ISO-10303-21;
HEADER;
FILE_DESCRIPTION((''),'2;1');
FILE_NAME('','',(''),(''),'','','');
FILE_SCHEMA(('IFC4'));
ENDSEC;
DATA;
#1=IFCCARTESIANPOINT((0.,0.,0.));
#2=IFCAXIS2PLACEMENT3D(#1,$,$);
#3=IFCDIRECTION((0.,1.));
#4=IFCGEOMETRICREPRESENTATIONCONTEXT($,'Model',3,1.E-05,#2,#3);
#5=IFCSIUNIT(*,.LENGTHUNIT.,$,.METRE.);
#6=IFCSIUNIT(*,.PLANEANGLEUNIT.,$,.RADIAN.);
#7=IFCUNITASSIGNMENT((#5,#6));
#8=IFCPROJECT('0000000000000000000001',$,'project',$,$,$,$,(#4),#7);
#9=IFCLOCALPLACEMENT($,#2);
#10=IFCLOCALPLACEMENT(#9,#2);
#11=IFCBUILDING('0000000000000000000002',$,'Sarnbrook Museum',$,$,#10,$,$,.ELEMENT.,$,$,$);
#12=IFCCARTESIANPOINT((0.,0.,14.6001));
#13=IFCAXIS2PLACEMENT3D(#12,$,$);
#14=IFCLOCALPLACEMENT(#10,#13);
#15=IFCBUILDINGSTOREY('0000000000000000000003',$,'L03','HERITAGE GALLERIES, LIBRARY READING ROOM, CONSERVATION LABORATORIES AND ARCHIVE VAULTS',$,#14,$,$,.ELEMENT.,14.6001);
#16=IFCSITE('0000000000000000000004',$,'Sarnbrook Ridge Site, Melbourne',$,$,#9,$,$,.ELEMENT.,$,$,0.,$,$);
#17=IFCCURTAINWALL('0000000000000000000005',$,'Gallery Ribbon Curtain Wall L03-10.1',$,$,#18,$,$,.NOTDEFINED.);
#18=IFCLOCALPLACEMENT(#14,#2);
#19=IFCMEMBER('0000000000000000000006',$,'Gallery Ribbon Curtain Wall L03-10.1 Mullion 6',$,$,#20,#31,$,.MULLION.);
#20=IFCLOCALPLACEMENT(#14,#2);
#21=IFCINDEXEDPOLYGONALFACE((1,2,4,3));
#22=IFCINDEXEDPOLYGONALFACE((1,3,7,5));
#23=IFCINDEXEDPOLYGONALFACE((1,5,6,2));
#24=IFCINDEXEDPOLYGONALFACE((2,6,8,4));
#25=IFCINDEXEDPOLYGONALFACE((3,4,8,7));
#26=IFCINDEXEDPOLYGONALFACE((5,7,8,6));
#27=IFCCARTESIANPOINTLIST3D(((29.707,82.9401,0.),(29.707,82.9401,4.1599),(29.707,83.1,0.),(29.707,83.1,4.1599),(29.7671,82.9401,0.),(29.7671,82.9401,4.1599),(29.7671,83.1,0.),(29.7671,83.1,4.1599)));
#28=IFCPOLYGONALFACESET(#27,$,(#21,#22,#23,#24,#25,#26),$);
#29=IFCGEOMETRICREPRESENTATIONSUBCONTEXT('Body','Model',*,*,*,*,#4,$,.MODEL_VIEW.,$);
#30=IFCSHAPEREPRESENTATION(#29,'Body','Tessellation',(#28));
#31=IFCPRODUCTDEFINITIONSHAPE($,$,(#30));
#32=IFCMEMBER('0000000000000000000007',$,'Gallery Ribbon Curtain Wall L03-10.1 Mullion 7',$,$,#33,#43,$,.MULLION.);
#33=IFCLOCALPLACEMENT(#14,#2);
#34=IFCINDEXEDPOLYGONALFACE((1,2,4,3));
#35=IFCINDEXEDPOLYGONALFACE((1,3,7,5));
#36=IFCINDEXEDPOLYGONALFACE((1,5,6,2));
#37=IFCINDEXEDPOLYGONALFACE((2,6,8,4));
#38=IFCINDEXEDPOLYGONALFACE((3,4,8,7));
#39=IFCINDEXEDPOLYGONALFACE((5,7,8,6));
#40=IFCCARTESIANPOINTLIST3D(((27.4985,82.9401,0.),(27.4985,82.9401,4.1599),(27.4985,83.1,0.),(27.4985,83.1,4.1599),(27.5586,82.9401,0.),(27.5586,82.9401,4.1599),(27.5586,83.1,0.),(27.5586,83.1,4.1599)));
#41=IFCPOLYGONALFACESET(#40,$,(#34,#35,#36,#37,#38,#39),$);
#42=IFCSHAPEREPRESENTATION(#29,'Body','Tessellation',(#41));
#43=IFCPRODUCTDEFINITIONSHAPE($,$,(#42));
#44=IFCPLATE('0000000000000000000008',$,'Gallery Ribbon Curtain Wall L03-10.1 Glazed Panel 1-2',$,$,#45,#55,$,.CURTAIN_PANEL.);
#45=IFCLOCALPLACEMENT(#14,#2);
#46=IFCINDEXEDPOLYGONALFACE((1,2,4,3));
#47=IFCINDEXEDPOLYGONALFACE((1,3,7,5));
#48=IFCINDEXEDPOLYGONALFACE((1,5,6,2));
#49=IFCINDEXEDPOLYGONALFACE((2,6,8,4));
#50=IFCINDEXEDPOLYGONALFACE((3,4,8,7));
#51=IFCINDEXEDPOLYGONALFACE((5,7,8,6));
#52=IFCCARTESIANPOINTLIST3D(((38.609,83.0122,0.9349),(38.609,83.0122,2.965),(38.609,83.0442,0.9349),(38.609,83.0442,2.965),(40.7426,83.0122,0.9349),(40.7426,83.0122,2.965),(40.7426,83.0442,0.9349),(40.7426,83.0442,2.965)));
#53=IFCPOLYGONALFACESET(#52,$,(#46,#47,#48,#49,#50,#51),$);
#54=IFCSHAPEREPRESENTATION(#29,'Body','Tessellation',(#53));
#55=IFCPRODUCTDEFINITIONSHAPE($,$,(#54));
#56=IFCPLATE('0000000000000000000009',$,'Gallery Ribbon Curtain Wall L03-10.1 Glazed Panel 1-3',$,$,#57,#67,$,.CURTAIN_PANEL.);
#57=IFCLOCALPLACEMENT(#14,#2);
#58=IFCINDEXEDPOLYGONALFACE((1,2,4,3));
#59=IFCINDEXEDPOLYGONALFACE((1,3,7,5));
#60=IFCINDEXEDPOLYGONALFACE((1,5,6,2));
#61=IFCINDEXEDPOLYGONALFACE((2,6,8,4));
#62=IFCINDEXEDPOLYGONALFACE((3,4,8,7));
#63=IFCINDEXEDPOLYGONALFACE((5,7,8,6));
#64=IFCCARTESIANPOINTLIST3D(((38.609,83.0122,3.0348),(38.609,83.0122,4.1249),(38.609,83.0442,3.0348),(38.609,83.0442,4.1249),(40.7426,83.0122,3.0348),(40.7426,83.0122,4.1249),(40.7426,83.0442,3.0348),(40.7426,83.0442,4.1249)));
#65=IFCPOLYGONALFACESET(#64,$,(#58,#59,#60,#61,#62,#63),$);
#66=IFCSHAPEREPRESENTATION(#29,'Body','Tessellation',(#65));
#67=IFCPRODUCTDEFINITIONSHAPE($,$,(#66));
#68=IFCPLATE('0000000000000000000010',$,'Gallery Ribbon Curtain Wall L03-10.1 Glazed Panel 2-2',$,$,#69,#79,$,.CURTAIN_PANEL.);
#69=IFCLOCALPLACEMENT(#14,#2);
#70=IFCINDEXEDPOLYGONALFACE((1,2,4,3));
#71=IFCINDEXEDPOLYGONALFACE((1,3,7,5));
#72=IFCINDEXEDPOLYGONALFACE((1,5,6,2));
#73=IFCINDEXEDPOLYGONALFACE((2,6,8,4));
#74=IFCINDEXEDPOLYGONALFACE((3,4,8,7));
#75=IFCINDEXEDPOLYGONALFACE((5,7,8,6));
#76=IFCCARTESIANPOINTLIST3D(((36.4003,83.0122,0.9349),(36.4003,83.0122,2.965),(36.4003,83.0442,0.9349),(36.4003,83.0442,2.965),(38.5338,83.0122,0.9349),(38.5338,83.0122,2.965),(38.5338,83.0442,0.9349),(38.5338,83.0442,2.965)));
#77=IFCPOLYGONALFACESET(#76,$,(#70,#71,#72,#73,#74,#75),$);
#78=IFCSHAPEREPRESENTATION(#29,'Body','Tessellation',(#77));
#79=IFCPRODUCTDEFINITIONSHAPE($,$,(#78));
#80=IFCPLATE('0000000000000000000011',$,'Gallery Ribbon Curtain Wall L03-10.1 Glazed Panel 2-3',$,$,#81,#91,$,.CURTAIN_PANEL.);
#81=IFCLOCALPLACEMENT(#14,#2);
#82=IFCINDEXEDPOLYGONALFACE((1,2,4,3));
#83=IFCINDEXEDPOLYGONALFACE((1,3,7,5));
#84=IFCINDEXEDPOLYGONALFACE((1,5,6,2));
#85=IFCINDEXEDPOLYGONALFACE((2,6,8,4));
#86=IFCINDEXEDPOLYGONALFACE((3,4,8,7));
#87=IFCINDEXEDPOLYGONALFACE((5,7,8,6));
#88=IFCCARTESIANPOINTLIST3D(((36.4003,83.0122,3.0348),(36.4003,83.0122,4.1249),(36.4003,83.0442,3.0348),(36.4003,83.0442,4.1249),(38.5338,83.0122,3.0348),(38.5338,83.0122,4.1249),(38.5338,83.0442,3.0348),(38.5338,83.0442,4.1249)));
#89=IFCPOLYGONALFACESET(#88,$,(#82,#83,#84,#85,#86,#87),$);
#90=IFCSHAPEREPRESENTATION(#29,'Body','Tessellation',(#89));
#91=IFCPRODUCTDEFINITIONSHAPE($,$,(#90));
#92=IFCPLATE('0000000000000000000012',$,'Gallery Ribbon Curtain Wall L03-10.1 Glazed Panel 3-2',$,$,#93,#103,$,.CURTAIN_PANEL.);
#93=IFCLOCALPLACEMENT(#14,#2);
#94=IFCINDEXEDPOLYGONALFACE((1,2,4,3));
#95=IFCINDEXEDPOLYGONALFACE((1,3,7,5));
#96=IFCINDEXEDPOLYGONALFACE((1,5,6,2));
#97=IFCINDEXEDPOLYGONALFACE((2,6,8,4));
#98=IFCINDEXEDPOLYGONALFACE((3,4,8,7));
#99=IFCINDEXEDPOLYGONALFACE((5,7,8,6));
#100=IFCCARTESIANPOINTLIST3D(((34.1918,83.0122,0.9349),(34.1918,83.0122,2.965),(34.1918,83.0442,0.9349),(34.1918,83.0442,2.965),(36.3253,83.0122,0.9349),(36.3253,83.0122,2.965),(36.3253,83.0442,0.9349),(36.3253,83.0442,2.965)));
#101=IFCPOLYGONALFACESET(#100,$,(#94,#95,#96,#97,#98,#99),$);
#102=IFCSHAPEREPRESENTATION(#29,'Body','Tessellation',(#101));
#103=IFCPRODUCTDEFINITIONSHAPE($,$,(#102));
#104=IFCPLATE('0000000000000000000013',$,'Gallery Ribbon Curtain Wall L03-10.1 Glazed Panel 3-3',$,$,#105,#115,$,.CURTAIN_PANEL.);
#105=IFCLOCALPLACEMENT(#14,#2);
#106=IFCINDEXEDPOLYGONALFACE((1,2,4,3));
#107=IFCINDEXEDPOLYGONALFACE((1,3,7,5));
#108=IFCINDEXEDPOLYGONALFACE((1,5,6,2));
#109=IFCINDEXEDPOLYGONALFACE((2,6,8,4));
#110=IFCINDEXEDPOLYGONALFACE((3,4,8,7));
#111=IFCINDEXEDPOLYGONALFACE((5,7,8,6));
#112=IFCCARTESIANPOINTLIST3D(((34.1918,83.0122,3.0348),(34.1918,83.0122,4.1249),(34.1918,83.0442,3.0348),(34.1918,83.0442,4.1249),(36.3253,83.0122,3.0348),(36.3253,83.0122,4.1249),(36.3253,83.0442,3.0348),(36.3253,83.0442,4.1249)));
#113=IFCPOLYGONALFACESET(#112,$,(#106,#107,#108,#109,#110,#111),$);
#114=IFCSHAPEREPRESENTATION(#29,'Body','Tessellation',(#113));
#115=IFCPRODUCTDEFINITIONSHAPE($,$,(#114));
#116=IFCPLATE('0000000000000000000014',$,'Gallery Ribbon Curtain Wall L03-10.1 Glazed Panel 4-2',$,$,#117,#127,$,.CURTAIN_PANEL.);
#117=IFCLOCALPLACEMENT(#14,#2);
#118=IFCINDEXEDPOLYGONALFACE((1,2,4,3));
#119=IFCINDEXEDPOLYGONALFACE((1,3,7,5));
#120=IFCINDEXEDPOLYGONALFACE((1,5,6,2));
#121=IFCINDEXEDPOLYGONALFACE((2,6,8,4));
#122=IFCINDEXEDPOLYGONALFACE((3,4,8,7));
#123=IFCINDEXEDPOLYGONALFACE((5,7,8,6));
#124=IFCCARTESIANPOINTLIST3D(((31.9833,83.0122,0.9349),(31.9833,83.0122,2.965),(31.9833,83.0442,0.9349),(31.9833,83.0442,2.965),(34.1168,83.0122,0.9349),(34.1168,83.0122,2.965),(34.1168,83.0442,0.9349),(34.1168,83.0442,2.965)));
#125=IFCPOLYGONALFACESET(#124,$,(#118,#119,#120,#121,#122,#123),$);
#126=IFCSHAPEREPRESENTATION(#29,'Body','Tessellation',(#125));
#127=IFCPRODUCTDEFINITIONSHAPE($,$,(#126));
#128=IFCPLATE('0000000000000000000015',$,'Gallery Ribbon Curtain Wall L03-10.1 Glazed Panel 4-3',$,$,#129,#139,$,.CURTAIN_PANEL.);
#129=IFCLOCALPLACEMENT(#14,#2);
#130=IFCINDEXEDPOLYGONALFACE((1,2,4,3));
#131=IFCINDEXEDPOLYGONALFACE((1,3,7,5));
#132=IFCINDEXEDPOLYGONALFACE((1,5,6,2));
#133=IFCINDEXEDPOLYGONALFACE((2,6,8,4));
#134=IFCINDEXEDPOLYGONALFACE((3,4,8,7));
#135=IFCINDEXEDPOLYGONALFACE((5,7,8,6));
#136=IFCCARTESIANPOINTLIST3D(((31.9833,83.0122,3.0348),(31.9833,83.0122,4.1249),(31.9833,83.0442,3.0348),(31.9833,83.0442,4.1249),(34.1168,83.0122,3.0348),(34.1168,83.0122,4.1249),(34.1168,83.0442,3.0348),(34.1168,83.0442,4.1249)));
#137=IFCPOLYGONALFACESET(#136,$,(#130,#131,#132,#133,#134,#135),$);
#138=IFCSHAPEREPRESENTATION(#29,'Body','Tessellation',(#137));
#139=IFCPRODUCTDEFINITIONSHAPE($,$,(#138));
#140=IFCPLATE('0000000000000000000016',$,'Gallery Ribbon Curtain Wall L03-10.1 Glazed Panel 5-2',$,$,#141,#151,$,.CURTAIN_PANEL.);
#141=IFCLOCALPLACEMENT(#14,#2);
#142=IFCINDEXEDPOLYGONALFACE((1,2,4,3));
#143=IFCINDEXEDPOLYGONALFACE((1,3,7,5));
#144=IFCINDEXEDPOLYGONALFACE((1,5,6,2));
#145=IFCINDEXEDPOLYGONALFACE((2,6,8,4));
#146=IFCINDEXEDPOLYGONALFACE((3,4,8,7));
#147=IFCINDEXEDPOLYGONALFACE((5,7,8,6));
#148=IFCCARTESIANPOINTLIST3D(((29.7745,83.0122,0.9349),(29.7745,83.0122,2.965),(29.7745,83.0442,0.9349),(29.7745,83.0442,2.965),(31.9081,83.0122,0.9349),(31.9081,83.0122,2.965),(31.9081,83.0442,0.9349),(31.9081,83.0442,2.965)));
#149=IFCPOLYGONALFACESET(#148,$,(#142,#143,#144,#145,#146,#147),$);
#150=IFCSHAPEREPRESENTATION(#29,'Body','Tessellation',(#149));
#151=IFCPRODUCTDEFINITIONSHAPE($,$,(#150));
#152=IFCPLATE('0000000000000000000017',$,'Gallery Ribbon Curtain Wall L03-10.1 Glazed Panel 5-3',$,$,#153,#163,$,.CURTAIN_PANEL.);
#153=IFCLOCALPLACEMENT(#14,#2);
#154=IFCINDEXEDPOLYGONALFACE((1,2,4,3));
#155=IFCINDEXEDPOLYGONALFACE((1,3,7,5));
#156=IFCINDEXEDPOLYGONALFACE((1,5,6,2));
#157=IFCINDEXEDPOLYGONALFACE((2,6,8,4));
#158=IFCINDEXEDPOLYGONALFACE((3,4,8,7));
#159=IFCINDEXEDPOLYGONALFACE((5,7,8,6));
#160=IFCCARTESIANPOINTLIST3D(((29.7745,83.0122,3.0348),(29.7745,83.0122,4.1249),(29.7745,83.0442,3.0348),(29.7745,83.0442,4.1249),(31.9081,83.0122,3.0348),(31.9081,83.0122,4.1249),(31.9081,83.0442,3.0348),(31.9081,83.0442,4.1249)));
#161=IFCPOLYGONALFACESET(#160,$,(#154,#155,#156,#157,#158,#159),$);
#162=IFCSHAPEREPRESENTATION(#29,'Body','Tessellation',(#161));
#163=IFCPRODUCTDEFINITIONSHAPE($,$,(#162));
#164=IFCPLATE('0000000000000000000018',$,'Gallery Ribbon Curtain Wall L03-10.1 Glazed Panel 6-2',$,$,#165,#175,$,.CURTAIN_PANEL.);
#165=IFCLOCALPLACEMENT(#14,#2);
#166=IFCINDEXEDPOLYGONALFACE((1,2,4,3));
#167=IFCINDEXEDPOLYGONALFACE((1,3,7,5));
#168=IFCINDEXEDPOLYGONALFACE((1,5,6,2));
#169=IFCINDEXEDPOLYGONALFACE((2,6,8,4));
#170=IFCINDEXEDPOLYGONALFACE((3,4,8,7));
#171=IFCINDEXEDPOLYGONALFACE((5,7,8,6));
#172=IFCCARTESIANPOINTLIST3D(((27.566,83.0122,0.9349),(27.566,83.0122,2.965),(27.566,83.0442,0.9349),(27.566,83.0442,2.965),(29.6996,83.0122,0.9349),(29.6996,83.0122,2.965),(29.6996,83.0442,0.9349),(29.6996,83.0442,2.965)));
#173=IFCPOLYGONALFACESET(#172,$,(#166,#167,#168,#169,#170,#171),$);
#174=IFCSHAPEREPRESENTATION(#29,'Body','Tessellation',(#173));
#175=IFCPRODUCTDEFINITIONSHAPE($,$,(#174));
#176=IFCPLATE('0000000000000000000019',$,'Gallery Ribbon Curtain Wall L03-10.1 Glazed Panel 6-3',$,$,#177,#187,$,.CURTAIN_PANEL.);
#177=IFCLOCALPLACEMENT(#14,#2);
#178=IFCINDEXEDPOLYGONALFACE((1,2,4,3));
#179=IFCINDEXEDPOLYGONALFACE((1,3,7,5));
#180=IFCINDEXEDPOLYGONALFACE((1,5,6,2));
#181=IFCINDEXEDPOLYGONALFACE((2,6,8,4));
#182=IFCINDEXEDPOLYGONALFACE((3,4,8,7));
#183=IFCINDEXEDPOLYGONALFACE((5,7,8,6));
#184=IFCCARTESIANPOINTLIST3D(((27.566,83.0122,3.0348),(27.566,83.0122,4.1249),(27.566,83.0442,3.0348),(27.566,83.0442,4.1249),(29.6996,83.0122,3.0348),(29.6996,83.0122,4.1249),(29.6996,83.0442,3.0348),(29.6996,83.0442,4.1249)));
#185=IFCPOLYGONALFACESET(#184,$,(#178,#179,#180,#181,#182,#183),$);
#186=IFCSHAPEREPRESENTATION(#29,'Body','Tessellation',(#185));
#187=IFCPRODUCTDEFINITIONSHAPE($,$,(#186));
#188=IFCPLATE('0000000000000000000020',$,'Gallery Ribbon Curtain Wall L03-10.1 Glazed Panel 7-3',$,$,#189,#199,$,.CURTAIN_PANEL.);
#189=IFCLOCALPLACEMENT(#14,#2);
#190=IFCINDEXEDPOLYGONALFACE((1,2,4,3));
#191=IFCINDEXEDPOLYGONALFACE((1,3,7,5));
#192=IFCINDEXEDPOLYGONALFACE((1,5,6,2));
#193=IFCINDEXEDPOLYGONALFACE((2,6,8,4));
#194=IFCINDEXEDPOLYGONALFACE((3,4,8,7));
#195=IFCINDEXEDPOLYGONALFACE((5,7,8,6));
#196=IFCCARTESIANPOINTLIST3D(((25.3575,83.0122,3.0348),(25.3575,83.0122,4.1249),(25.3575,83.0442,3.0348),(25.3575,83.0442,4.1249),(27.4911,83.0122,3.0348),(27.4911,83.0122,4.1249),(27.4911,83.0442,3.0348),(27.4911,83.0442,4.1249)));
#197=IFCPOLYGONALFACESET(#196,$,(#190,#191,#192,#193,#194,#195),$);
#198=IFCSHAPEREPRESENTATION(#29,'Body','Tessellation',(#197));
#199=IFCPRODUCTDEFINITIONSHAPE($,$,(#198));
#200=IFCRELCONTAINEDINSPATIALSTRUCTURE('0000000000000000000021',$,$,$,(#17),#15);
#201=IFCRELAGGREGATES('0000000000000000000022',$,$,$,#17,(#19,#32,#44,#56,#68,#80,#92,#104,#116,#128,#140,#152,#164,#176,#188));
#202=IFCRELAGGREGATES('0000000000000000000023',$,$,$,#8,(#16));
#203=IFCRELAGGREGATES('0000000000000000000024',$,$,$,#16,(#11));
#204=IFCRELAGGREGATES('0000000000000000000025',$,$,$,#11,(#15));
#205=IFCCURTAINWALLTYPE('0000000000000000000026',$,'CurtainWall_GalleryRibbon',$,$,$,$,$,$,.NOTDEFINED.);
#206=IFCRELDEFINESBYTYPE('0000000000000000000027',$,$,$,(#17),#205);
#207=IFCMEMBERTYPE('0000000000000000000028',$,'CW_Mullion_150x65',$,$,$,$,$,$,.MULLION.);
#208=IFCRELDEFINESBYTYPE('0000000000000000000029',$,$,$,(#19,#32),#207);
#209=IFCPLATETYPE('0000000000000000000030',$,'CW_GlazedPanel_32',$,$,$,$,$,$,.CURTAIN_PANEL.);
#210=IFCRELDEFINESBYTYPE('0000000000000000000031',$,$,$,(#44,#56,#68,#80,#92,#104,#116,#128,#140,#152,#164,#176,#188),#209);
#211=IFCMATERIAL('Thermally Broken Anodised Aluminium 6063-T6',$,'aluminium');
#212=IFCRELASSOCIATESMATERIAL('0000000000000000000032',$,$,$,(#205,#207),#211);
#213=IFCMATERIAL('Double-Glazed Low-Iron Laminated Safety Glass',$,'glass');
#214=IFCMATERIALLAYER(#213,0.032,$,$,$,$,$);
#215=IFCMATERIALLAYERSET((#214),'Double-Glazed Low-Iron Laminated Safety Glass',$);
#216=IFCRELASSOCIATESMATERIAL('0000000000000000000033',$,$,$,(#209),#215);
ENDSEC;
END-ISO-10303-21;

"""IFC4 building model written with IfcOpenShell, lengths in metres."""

from ifc_helpers import new_model, si_unit, direction, frame, origin, origin_2d, place, context, subcontext, project, spatial, rectangle, extrude, material, layer, layer_set, material_profile, profile_set, type_object, element, aggregate, save


model = new_model("IFC4")

# Units and contexts
model_context = context("Model", 3, precision=1e-05, world=origin(), true_north=direction((0.0, 1.0)))
body_context = subcontext(model_context, "Body", "Model", "MODEL_VIEW")
ifc_project = project(units=[si_unit("LENGTHUNIT", "METRE"), si_unit("PLANEANGLEUNIT", "RADIAN")], contexts=[model_context])

# Site, building, storey
site_placement = place(None, origin())
site = spatial("IfcSite", under=ifc_project, at=site_placement, Name="Sarnbrook Ridge Site, Melbourne", CompositionType="ELEMENT", RefElevation=0.0)
building_placement = place(site_placement, origin())
building = spatial("IfcBuilding", under=site, at=building_placement, Name="Sarnbrook Museum", CompositionType="ELEMENT")
storey_placement = place(building_placement, frame((0.0, 0.0, 14.6001)))
storey = spatial("IfcBuildingStorey", under=building, at=storey_placement, Name="L03", Description="HERITAGE GALLERIES, LIBRARY READING ROOM, CONSERVATION LABORATORIES AND ARCHIVE VAULTS", CompositionType="ELEMENT", Elevation=14.6001)

# Curtain wall, members, plates
ifc_material_1 = material(Name="Thermally Broken Anodised Aluminium 6063-T6", Category="aluminium")
curtain_wall_type = type_object("IfcCurtainWallType", Name="CurtainWall_GalleryRibbon", PredefinedType="NOTDEFINED", material=ifc_material_1)
curtain_wall_placement = place(storey_placement, origin())
curtain_wall = element("IfcCurtainWall", 1, at=curtain_wall_placement, inside=storey, type_object=curtain_wall_type, Name="Gallery Ribbon Curtain Wall L03-10.1", PredefinedType="NOTDEFINED")
ifc_material_profile = material_profile(ifc_material_1, rectangle(XDim=0.0601, YDim=0.1599, at=origin_2d()), Name="ALU MULLION 60x160")
ifc_profile_set = profile_set([ifc_material_profile], Name="Thermally Broken Anodised Aluminium 6063-T6")
member_type = type_object("IfcMemberType", Name="CW_Mullion_150x65", PredefinedType="MULLION", material=ifc_profile_set)
member_1_placement = place(storey_placement, frame((29.7371, 83.02, 0.0), z_axis=(0.0, 0.0, 1.0), x_axis=(1.0, 0.0, 0.0)))
member_1 = element("IfcMember", 2, at=member_1_placement, type_object=member_type, Name="Gallery Ribbon Curtain Wall L03-10.1 Mullion 6", PredefinedType="MULLION", context=body_context, shape_type="SweptSolid", body=[
    extrude(rectangle(XDim=0.0601, YDim=0.1599, at=origin_2d()), origin(), (0.0, 0.0, 1.0), 4.1599),
])
member_2_placement = place(storey_placement, frame((27.5286, 83.02, 0.0), z_axis=(0.0, 0.0, 1.0), x_axis=(1.0, 0.0, 0.0)))
member_2 = element("IfcMember", 3, at=member_2_placement, type_object=member_type, Name="Gallery Ribbon Curtain Wall L03-10.1 Mullion 7", PredefinedType="MULLION", context=body_context, shape_type="SweptSolid", body=[
    extrude(rectangle(XDim=0.0601, YDim=0.1599, at=origin_2d()), origin(), (0.0, 0.0, 1.0), 4.1599),
])
ifc_material_2 = material(Name="Double-Glazed Low-Iron Laminated Safety Glass", Category="glass")
ifc_layer_1 = layer(ifc_material_2, 0.032)
ifc_layer_set_1 = layer_set([ifc_layer_1], Name="Double-Glazed Low-Iron Laminated Safety Glass")
plate_type_1 = type_object("IfcPlateType", Name="CW_GlazedPanel_32", PredefinedType="CURTAIN_PANEL", material=ifc_layer_set_1)
plate_1_placement = place(storey_placement, frame((39.6758, 83.0122, 1.95), z_axis=(0.0, 1.0, 0.0), x_axis=(-1.0, 0.0, 0.0)))
plate_1 = element("IfcPlate", 4, at=plate_1_placement, type_object=plate_type_1, Name="Gallery Ribbon Curtain Wall L03-10.1 Glazed Panel 1-2", PredefinedType="CURTAIN_PANEL", context=body_context, shape_type="SweptSolid", body=[
    extrude(rectangle(XDim=2.1335, YDim=2.03, at=origin_2d()), origin(), (0.0, 0.0, 1.0), 0.032),
])
plate_2_placement = place(storey_placement, frame((39.6758, 83.0122, 3.5798), z_axis=(0.0, 1.0, 0.0), x_axis=(-1.0, 0.0, 0.0)))
plate_2 = element("IfcPlate", 5, at=plate_2_placement, type_object=plate_type_1, Name="Gallery Ribbon Curtain Wall L03-10.1 Glazed Panel 1-3", PredefinedType="CURTAIN_PANEL", context=body_context, shape_type="SweptSolid", body=[
    extrude(rectangle(XDim=2.1335, YDim=1.0901, at=origin_2d()), origin(), (0.0, 0.0, 1.0), 0.032),
])
plate_3_placement = place(storey_placement, frame((37.467, 83.0122, 1.95), z_axis=(0.0, 1.0, 0.0), x_axis=(-1.0, 0.0, 0.0)))
plate_3 = element("IfcPlate", 6, at=plate_3_placement, type_object=plate_type_1, Name="Gallery Ribbon Curtain Wall L03-10.1 Glazed Panel 2-2", PredefinedType="CURTAIN_PANEL", context=body_context, shape_type="SweptSolid", body=[
    extrude(rectangle(XDim=2.1335, YDim=2.03, at=origin_2d()), origin(), (0.0, 0.0, 1.0), 0.032),
])
plate_4_placement = place(storey_placement, frame((37.467, 83.0122, 3.5798), z_axis=(0.0, 1.0, 0.0), x_axis=(-1.0, 0.0, 0.0)))
plate_4 = element("IfcPlate", 7, at=plate_4_placement, type_object=plate_type_1, Name="Gallery Ribbon Curtain Wall L03-10.1 Glazed Panel 2-3", PredefinedType="CURTAIN_PANEL", context=body_context, shape_type="SweptSolid", body=[
    extrude(rectangle(XDim=2.1335, YDim=1.0901, at=origin_2d()), origin(), (0.0, 0.0, 1.0), 0.032),
])
plate_5_placement = place(storey_placement, frame((35.2585, 83.0122, 1.95), z_axis=(0.0, 1.0, 0.0), x_axis=(-1.0, 0.0, 0.0)))
plate_5 = element("IfcPlate", 8, at=plate_5_placement, type_object=plate_type_1, Name="Gallery Ribbon Curtain Wall L03-10.1 Glazed Panel 3-2", PredefinedType="CURTAIN_PANEL", context=body_context, shape_type="SweptSolid", body=[
    extrude(rectangle(XDim=2.1335, YDim=2.03, at=origin_2d()), origin(), (0.0, 0.0, 1.0), 0.032),
])
plate_6_placement = place(storey_placement, frame((35.2585, 83.0122, 3.5798), z_axis=(0.0, 1.0, 0.0), x_axis=(-1.0, 0.0, 0.0)))
plate_6 = element("IfcPlate", 9, at=plate_6_placement, type_object=plate_type_1, Name="Gallery Ribbon Curtain Wall L03-10.1 Glazed Panel 3-3", PredefinedType="CURTAIN_PANEL", context=body_context, shape_type="SweptSolid", body=[
    extrude(rectangle(XDim=2.1335, YDim=1.0901, at=origin_2d()), origin(), (0.0, 0.0, 1.0), 0.032),
])
plate_7_placement = place(storey_placement, frame((33.05, 83.0122, 1.95), z_axis=(0.0, 1.0, 0.0), x_axis=(-1.0, 0.0, 0.0)))
plate_7 = element("IfcPlate", 10, at=plate_7_placement, type_object=plate_type_1, Name="Gallery Ribbon Curtain Wall L03-10.1 Glazed Panel 4-2", PredefinedType="CURTAIN_PANEL", context=body_context, shape_type="SweptSolid", body=[
    extrude(rectangle(XDim=2.1335, YDim=2.03, at=origin_2d()), origin(), (0.0, 0.0, 1.0), 0.032),
])
plate_8_placement = place(storey_placement, frame((33.05, 83.0122, 3.5798), z_axis=(0.0, 1.0, 0.0), x_axis=(-1.0, 0.0, 0.0)))
plate_8 = element("IfcPlate", 11, at=plate_8_placement, type_object=plate_type_1, Name="Gallery Ribbon Curtain Wall L03-10.1 Glazed Panel 4-3", PredefinedType="CURTAIN_PANEL", context=body_context, shape_type="SweptSolid", body=[
    extrude(rectangle(XDim=2.1335, YDim=1.0901, at=origin_2d()), origin(), (0.0, 0.0, 1.0), 0.032),
])
plate_9_placement = place(storey_placement, frame((30.8413, 83.0122, 1.95), z_axis=(0.0, 1.0, 0.0), x_axis=(-1.0, 0.0, 0.0)))
plate_9 = element("IfcPlate", 12, at=plate_9_placement, type_object=plate_type_1, Name="Gallery Ribbon Curtain Wall L03-10.1 Glazed Panel 5-2", PredefinedType="CURTAIN_PANEL", context=body_context, shape_type="SweptSolid", body=[
    extrude(rectangle(XDim=2.1335, YDim=2.03, at=origin_2d()), origin(), (0.0, 0.0, 1.0), 0.032),
])
plate_10_placement = place(storey_placement, frame((30.8413, 83.0122, 3.5798), z_axis=(0.0, 1.0, 0.0), x_axis=(-1.0, 0.0, 0.0)))
plate_10 = element("IfcPlate", 13, at=plate_10_placement, type_object=plate_type_1, Name="Gallery Ribbon Curtain Wall L03-10.1 Glazed Panel 5-3", PredefinedType="CURTAIN_PANEL", context=body_context, shape_type="SweptSolid", body=[
    extrude(rectangle(XDim=2.1335, YDim=1.0901, at=origin_2d()), origin(), (0.0, 0.0, 1.0), 0.032),
])
plate_11_placement = place(storey_placement, frame((28.6328, 83.0122, 1.95), z_axis=(0.0, 1.0, 0.0), x_axis=(-1.0, 0.0, 0.0)))
plate_11 = element("IfcPlate", 14, at=plate_11_placement, type_object=plate_type_1, Name="Gallery Ribbon Curtain Wall L03-10.1 Glazed Panel 6-2", PredefinedType="CURTAIN_PANEL", context=body_context, shape_type="SweptSolid", body=[
    extrude(rectangle(XDim=2.1335, YDim=2.03, at=origin_2d()), origin(), (0.0, 0.0, 1.0), 0.032),
])
plate_12_placement = place(storey_placement, frame((28.6328, 83.0122, 3.5798), z_axis=(0.0, 1.0, 0.0), x_axis=(-1.0, 0.0, 0.0)))
plate_12 = element("IfcPlate", 15, at=plate_12_placement, type_object=plate_type_1, Name="Gallery Ribbon Curtain Wall L03-10.1 Glazed Panel 6-3", PredefinedType="CURTAIN_PANEL", context=body_context, shape_type="SweptSolid", body=[
    extrude(rectangle(XDim=2.1335, YDim=1.0901, at=origin_2d()), origin(), (0.0, 0.0, 1.0), 0.032),
])
plate_13_placement = place(storey_placement, frame((26.4243, 83.0122, 3.5798), z_axis=(0.0, 1.0, 0.0), x_axis=(-1.0, 0.0, 0.0)))
plate_13 = element("IfcPlate", 16, at=plate_13_placement, type_object=plate_type_1, Name="Gallery Ribbon Curtain Wall L03-10.1 Glazed Panel 7-3", PredefinedType="CURTAIN_PANEL", context=body_context, shape_type="SweptSolid", body=[
    extrude(rectangle(XDim=2.1335, YDim=1.0901, at=origin_2d()), origin(), (0.0, 0.0, 1.0), 0.032),
])
aggregate(curtain_wall, [member_1, member_2, plate_1, plate_2, plate_3, plate_4, plate_5, plate_6, plate_7, plate_8, plate_9, plate_10, plate_11, plate_12, plate_13])

save(model, "model.ifc")
